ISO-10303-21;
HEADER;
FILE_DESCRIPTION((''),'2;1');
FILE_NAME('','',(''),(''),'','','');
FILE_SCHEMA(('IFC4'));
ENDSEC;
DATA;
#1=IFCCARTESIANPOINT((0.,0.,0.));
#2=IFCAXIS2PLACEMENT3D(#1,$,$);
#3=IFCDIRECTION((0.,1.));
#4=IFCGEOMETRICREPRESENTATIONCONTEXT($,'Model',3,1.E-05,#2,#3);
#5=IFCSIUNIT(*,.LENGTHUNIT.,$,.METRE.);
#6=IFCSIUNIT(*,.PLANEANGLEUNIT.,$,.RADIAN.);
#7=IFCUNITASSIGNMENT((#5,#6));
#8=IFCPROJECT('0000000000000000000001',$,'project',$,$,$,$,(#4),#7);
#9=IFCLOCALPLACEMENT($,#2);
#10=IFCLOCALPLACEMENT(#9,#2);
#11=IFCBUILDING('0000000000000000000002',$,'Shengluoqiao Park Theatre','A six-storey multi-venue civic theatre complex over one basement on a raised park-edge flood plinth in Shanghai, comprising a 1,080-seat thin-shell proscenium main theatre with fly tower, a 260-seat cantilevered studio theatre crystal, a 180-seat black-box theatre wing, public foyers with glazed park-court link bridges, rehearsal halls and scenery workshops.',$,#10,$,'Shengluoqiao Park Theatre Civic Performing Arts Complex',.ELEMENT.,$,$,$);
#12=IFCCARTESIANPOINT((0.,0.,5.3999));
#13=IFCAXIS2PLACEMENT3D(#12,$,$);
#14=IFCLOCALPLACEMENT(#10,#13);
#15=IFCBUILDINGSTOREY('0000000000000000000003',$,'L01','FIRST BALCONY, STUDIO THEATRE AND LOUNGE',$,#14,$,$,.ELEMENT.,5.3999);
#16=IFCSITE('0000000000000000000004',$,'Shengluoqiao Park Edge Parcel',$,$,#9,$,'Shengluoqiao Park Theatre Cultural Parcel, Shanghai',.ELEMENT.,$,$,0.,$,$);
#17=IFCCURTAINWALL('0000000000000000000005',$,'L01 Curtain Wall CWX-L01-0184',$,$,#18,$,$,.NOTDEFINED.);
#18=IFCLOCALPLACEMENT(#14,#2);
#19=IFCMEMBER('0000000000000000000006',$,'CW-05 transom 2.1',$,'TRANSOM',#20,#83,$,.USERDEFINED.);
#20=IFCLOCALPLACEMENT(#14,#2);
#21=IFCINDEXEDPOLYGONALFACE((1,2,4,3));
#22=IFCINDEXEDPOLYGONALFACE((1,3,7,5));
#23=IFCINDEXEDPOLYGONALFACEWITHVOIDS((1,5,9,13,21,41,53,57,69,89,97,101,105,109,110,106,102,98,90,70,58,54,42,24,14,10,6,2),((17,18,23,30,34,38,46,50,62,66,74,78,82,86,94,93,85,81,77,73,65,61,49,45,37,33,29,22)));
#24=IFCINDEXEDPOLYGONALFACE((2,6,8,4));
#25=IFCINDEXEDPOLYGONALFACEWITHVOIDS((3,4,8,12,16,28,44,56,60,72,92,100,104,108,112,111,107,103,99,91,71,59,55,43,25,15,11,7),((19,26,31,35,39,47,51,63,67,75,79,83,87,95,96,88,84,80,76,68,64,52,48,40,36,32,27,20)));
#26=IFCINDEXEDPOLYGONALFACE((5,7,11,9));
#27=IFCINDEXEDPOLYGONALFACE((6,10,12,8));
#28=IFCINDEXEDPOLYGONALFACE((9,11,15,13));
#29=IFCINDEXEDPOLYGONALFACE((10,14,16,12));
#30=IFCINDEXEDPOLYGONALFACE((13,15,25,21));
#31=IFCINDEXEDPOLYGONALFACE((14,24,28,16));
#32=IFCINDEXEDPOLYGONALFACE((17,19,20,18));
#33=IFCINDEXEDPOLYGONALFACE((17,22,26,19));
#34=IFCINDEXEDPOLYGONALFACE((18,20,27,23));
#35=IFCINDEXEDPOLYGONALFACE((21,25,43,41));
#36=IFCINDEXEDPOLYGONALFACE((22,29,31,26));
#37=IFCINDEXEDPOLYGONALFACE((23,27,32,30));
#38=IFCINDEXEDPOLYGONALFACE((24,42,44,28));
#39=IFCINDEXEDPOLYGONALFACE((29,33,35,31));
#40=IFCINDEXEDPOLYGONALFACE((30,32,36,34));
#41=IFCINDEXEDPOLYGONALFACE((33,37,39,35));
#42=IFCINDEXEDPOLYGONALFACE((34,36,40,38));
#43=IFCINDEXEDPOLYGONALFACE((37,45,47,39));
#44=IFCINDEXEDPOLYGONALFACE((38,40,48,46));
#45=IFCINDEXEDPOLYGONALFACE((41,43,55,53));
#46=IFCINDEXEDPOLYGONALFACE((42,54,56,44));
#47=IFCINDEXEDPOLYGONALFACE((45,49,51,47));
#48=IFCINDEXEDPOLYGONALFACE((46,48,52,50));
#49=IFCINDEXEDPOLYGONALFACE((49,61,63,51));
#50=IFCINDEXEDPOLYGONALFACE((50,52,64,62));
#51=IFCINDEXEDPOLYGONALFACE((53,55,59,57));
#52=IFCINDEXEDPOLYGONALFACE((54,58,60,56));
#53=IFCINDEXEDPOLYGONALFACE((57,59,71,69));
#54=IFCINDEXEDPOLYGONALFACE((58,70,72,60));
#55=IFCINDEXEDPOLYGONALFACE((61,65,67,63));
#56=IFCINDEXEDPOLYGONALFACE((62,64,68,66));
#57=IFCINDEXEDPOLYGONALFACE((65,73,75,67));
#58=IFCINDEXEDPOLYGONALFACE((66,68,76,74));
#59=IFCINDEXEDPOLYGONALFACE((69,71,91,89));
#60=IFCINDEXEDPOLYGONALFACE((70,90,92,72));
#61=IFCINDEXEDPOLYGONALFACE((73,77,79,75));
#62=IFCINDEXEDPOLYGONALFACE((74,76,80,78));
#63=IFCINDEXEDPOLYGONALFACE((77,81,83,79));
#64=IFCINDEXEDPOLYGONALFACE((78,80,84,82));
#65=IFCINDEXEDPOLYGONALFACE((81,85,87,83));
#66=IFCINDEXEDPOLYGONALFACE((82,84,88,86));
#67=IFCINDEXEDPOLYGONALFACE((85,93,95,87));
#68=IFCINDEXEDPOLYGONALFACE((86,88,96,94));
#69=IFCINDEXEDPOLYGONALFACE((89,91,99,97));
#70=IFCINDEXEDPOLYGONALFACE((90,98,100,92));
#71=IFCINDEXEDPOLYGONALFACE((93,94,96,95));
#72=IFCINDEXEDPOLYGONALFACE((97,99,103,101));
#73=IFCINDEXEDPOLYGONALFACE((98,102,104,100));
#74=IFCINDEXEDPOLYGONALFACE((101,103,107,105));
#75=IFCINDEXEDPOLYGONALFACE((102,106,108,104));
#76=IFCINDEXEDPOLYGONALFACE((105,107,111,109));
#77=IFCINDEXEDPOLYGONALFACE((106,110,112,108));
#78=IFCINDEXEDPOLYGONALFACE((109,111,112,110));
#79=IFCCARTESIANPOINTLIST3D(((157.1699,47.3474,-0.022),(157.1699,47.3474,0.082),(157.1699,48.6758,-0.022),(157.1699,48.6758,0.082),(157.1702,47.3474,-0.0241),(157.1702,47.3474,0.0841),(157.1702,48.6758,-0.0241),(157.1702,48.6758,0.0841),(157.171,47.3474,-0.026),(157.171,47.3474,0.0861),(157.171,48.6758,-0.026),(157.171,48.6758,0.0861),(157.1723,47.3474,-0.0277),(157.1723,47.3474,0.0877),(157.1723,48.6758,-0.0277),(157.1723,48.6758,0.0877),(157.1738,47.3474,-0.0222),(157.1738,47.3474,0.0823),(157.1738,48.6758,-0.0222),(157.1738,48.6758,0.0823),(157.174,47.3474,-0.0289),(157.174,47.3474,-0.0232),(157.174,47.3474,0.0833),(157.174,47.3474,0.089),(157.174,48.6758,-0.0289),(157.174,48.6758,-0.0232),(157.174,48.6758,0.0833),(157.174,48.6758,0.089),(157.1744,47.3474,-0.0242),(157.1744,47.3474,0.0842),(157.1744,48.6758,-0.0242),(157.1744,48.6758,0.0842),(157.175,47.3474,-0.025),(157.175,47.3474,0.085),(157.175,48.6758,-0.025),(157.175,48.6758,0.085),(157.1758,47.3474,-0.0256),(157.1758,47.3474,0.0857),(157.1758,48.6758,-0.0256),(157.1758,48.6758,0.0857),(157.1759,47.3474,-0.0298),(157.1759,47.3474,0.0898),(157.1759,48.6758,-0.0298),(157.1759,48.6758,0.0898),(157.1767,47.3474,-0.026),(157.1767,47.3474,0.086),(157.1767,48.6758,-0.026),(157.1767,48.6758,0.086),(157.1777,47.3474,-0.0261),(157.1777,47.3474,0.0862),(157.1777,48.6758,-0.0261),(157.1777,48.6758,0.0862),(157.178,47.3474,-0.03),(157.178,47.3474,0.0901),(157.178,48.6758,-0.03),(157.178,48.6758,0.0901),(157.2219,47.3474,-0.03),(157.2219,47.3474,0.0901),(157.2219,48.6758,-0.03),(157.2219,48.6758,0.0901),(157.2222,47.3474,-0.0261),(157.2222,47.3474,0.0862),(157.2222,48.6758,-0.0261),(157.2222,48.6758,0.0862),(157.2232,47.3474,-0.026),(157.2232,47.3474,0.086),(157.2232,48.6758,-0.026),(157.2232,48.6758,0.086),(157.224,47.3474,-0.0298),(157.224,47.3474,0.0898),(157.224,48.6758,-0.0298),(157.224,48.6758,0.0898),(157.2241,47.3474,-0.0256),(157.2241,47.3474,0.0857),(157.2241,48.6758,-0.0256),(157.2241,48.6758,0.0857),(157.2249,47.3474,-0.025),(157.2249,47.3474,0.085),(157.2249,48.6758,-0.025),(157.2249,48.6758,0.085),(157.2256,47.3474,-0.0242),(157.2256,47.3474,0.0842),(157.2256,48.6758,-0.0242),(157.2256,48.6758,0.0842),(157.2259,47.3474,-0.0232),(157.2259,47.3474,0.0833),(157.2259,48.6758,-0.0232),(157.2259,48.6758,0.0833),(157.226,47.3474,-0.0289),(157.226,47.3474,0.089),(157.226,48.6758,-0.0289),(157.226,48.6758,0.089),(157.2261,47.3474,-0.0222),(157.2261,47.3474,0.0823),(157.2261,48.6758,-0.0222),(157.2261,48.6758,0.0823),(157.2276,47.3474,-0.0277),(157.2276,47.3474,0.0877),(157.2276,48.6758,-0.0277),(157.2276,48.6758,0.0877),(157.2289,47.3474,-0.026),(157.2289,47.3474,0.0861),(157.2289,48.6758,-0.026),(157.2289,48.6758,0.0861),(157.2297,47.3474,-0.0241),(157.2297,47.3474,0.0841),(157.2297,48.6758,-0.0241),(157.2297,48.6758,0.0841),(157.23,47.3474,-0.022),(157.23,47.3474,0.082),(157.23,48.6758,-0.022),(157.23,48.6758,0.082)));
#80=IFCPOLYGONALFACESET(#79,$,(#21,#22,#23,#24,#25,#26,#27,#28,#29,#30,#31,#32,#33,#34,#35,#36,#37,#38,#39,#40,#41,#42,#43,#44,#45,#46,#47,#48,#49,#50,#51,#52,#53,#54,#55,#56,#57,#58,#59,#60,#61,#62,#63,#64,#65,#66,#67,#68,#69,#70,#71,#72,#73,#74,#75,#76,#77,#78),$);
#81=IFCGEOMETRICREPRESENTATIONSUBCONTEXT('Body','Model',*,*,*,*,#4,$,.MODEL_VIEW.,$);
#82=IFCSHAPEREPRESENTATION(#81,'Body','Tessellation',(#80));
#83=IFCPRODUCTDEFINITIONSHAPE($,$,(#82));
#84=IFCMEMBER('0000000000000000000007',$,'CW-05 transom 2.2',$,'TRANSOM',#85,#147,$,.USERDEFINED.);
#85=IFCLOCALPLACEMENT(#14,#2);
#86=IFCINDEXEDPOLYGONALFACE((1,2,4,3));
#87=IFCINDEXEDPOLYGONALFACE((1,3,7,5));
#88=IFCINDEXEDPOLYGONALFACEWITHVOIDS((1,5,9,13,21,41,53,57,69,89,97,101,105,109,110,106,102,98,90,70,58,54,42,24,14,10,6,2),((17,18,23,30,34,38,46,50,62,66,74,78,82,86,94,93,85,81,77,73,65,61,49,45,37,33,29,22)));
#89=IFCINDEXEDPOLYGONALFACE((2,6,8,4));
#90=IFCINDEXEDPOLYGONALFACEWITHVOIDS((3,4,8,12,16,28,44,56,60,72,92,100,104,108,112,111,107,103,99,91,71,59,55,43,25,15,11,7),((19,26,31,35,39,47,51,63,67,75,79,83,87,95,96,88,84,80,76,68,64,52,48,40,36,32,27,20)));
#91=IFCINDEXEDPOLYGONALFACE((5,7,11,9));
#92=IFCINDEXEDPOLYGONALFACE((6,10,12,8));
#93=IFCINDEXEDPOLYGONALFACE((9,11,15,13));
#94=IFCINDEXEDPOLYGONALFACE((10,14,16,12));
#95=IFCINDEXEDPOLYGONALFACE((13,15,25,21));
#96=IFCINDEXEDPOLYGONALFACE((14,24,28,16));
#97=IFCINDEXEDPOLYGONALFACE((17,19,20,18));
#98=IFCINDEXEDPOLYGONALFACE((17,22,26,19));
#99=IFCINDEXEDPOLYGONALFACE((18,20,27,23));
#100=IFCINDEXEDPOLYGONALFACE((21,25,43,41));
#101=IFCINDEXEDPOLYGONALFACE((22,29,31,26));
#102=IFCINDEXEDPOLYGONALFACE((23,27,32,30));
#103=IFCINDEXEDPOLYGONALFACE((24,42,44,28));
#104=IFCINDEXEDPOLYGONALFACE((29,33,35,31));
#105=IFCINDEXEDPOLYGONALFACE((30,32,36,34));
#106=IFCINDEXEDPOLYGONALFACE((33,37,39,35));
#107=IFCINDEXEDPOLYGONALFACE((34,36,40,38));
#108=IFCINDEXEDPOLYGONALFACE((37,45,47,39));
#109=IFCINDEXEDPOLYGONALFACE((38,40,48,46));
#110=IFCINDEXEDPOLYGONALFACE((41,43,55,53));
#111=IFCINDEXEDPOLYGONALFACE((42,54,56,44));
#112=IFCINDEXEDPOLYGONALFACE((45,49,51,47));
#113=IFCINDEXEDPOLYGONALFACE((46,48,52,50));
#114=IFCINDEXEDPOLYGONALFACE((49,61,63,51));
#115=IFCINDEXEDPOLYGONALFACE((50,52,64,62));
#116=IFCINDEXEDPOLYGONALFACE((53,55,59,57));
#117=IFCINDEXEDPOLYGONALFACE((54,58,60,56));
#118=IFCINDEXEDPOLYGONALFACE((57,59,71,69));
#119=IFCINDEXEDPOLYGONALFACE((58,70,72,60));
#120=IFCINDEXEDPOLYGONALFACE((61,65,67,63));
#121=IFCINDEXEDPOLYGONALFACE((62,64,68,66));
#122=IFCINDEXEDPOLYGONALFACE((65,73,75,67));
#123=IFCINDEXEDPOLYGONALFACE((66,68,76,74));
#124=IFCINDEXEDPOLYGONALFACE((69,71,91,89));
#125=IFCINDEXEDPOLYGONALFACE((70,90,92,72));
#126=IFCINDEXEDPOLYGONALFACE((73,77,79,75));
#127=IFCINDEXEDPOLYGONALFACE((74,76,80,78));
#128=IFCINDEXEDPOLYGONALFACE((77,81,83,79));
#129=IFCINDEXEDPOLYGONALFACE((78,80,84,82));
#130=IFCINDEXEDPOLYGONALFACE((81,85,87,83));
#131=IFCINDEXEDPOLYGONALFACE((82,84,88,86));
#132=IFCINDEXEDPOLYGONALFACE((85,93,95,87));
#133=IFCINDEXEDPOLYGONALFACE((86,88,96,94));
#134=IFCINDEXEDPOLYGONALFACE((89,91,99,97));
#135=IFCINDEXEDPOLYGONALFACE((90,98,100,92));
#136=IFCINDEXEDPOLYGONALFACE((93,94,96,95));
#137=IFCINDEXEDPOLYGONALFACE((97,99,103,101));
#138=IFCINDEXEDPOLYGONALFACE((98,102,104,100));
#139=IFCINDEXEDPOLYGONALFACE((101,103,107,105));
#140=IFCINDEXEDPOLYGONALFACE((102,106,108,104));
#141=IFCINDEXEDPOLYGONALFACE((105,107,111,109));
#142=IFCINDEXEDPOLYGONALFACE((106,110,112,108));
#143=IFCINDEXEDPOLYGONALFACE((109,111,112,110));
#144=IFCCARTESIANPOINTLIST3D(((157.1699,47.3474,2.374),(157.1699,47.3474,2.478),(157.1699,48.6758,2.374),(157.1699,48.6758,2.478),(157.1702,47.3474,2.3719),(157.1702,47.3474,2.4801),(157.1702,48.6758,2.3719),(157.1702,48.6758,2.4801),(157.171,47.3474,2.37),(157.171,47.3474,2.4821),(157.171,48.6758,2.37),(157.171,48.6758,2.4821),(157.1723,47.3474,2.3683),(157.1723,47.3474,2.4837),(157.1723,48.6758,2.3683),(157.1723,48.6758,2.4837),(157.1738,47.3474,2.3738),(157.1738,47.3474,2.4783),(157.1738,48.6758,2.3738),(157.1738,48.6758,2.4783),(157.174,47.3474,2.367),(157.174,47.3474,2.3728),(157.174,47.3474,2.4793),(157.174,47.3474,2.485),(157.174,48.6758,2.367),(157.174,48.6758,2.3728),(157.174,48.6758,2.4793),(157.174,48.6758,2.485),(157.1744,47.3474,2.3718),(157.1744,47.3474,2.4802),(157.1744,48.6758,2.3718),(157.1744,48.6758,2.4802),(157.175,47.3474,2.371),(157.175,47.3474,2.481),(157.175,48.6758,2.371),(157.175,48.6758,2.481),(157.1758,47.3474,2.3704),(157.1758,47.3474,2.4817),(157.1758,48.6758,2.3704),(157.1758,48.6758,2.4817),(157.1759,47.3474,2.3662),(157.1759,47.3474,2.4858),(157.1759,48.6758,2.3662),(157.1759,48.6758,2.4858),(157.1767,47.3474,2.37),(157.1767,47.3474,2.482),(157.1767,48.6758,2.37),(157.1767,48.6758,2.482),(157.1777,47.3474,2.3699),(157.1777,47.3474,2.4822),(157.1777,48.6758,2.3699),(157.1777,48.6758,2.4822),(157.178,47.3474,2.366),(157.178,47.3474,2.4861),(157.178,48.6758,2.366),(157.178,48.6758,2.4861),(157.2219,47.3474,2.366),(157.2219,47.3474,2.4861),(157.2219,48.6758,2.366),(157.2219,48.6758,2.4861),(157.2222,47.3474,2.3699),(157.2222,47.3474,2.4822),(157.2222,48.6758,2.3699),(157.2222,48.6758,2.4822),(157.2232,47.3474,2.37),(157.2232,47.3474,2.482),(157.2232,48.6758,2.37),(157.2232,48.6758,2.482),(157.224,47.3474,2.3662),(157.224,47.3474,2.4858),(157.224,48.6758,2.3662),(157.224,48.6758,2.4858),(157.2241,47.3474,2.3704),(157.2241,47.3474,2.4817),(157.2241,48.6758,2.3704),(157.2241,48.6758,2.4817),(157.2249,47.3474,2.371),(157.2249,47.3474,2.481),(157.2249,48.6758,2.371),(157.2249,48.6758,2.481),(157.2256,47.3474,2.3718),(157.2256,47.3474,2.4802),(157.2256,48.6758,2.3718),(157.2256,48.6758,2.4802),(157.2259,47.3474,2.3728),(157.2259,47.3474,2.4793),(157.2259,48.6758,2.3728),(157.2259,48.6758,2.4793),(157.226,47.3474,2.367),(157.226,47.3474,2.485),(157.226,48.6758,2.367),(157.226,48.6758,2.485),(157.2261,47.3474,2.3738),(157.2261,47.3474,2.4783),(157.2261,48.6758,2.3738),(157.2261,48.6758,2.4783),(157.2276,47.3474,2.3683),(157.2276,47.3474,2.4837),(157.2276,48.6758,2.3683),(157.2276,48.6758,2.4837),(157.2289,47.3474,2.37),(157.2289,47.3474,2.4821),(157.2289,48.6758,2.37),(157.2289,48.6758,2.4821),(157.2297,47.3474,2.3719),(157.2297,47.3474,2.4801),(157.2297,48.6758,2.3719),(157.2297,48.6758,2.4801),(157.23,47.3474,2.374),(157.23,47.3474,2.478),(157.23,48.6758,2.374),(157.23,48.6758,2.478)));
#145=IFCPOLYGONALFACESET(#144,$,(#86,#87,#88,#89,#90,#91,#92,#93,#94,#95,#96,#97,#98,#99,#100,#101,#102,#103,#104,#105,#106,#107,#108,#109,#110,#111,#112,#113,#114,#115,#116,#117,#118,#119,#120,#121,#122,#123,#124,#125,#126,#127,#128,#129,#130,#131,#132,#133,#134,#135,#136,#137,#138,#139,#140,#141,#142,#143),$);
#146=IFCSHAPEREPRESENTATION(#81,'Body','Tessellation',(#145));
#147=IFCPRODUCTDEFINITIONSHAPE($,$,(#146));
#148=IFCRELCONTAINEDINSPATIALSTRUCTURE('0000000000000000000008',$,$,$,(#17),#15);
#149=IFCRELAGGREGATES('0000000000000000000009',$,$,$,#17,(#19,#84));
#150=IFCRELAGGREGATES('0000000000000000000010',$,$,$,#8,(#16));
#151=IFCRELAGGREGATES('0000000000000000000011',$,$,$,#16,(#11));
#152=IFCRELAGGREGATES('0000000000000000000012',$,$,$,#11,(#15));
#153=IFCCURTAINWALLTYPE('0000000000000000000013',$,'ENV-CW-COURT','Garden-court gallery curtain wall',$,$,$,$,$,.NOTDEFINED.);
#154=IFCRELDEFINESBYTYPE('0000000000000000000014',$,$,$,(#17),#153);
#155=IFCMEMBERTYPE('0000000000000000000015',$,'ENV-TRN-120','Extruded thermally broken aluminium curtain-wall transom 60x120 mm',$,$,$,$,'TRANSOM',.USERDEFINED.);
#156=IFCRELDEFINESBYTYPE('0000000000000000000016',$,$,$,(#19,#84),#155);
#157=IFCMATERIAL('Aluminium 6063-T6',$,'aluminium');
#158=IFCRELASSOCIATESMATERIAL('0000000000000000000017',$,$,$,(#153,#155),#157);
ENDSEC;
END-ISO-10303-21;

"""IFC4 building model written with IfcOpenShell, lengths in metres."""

from ifc_helpers import new_model, si_unit, direction, frame, origin, origin_2d, place, context, subcontext, project, spatial, hollow_rectangle, extrude, material, material_profile, profile_set, type_object, element, aggregate, save


model = new_model("IFC4")

# Units and contexts
model_context = context("Model", 3, precision=1e-05, world=origin(), true_north=direction((0.0, 1.0)))
body_context = subcontext(model_context, "Body", "Model", "MODEL_VIEW")
ifc_project = project(units=[si_unit("LENGTHUNIT", "METRE"), si_unit("PLANEANGLEUNIT", "RADIAN")], contexts=[model_context])

# Site, building, storey
site_placement = place(None, origin())
site = spatial("IfcSite", under=ifc_project, at=site_placement, Name="Shengluoqiao Park Edge Parcel", LongName="Shengluoqiao Park Theatre Cultural Parcel, Shanghai", CompositionType="ELEMENT", RefElevation=0.0)
building_placement = place(site_placement, origin())
building = spatial("IfcBuilding", under=site, at=building_placement, Name="Shengluoqiao Park Theatre", Description="A six-storey multi-venue civic theatre complex over one basement on a raised park-edge flood plinth in Shanghai, comprising a 1,080-seat thin-shell proscenium main theatre with fly tower, a 260-seat cantilevered studio theatre crystal, a 180-seat black-box theatre wing, public foyers with glazed park-court link bridges, rehearsal halls and scenery workshops.", LongName="Shengluoqiao Park Theatre Civic Performing Arts Complex", CompositionType="ELEMENT")
storey_placement = place(building_placement, frame((0.0, 0.0, 5.3999)))
storey = spatial("IfcBuildingStorey", under=building, at=storey_placement, Name="L01", Description="FIRST BALCONY, STUDIO THEATRE AND LOUNGE", CompositionType="ELEMENT", Elevation=5.3999)

# Shared definitions
ifc_material_1 = material(Name="Aluminium 6063-T6", Category="aluminium")

# Curtain wall
curtain_wall_type_1 = type_object("IfcCurtainWallType", Name="ENV-CW-COURT", Description="Garden-court gallery curtain wall", PredefinedType="NOTDEFINED", material=ifc_material_1)
curtain_wall_1_placement = place(storey_placement, origin())
curtain_wall_1 = element("IfcCurtainWall", 1, at=curtain_wall_1_placement, inside=storey, type_object=curtain_wall_type_1, Name="L01 Curtain Wall CWX-L01-0184", PredefinedType="NOTDEFINED")

# Members
ifc_material_profile_1 = material_profile(ifc_material_1, hollow_rectangle(XDim=0.0601, YDim=0.1201, WallThickness=0.0039, InnerFilletRadius=0.0039, OuterFilletRadius=0.0081, at=origin_2d()), Name="ALU TRANSOM 120x60x4")
ifc_profile_set_1 = profile_set([ifc_material_profile_1], Name="Aluminium 6063-T6")
member_type_1 = type_object("IfcMemberType", Name="ENV-TRN-120", Description="Extruded thermally broken aluminium curtain-wall transom 60x120 mm", ElementType="TRANSOM", PredefinedType="USERDEFINED", material=ifc_profile_set_1)
member_1_placement = place(storey_placement, frame((157.2, 47.3474, 0.03), z_axis=(0.0, 1.0, 0.0), x_axis=(-1.0, 0.0, 0.0)))
member_1 = element("IfcMember", 2, at=member_1_placement, type_object=member_type_1, Name="CW-05 transom 2.1", ObjectType="TRANSOM", PredefinedType="USERDEFINED", context=body_context, shape_type="SweptSolid", body=[
    extrude(hollow_rectangle(XDim=0.0601, YDim=0.1201, WallThickness=0.0039, InnerFilletRadius=0.0039, OuterFilletRadius=0.0081, at=origin_2d()), origin(), (0.0, 0.0, 1.0), 1.3284),
])
member_2_placement = place(storey_placement, frame((157.2, 47.3474, 2.426), z_axis=(0.0, 1.0, 0.0), x_axis=(-1.0, 0.0, 0.0)))
member_2 = element("IfcMember", 3, at=member_2_placement, type_object=member_type_1, Name="CW-05 transom 2.2", ObjectType="TRANSOM", PredefinedType="USERDEFINED", context=body_context, shape_type="SweptSolid", body=[
    extrude(hollow_rectangle(XDim=0.0601, YDim=0.1201, WallThickness=0.0039, InnerFilletRadius=0.0039, OuterFilletRadius=0.0081, at=origin_2d()), origin(), (0.0, 0.0, 1.0), 1.3284),
])

aggregate(curtain_wall_1, [member_1, member_2])

save(model, "model.ifc")
